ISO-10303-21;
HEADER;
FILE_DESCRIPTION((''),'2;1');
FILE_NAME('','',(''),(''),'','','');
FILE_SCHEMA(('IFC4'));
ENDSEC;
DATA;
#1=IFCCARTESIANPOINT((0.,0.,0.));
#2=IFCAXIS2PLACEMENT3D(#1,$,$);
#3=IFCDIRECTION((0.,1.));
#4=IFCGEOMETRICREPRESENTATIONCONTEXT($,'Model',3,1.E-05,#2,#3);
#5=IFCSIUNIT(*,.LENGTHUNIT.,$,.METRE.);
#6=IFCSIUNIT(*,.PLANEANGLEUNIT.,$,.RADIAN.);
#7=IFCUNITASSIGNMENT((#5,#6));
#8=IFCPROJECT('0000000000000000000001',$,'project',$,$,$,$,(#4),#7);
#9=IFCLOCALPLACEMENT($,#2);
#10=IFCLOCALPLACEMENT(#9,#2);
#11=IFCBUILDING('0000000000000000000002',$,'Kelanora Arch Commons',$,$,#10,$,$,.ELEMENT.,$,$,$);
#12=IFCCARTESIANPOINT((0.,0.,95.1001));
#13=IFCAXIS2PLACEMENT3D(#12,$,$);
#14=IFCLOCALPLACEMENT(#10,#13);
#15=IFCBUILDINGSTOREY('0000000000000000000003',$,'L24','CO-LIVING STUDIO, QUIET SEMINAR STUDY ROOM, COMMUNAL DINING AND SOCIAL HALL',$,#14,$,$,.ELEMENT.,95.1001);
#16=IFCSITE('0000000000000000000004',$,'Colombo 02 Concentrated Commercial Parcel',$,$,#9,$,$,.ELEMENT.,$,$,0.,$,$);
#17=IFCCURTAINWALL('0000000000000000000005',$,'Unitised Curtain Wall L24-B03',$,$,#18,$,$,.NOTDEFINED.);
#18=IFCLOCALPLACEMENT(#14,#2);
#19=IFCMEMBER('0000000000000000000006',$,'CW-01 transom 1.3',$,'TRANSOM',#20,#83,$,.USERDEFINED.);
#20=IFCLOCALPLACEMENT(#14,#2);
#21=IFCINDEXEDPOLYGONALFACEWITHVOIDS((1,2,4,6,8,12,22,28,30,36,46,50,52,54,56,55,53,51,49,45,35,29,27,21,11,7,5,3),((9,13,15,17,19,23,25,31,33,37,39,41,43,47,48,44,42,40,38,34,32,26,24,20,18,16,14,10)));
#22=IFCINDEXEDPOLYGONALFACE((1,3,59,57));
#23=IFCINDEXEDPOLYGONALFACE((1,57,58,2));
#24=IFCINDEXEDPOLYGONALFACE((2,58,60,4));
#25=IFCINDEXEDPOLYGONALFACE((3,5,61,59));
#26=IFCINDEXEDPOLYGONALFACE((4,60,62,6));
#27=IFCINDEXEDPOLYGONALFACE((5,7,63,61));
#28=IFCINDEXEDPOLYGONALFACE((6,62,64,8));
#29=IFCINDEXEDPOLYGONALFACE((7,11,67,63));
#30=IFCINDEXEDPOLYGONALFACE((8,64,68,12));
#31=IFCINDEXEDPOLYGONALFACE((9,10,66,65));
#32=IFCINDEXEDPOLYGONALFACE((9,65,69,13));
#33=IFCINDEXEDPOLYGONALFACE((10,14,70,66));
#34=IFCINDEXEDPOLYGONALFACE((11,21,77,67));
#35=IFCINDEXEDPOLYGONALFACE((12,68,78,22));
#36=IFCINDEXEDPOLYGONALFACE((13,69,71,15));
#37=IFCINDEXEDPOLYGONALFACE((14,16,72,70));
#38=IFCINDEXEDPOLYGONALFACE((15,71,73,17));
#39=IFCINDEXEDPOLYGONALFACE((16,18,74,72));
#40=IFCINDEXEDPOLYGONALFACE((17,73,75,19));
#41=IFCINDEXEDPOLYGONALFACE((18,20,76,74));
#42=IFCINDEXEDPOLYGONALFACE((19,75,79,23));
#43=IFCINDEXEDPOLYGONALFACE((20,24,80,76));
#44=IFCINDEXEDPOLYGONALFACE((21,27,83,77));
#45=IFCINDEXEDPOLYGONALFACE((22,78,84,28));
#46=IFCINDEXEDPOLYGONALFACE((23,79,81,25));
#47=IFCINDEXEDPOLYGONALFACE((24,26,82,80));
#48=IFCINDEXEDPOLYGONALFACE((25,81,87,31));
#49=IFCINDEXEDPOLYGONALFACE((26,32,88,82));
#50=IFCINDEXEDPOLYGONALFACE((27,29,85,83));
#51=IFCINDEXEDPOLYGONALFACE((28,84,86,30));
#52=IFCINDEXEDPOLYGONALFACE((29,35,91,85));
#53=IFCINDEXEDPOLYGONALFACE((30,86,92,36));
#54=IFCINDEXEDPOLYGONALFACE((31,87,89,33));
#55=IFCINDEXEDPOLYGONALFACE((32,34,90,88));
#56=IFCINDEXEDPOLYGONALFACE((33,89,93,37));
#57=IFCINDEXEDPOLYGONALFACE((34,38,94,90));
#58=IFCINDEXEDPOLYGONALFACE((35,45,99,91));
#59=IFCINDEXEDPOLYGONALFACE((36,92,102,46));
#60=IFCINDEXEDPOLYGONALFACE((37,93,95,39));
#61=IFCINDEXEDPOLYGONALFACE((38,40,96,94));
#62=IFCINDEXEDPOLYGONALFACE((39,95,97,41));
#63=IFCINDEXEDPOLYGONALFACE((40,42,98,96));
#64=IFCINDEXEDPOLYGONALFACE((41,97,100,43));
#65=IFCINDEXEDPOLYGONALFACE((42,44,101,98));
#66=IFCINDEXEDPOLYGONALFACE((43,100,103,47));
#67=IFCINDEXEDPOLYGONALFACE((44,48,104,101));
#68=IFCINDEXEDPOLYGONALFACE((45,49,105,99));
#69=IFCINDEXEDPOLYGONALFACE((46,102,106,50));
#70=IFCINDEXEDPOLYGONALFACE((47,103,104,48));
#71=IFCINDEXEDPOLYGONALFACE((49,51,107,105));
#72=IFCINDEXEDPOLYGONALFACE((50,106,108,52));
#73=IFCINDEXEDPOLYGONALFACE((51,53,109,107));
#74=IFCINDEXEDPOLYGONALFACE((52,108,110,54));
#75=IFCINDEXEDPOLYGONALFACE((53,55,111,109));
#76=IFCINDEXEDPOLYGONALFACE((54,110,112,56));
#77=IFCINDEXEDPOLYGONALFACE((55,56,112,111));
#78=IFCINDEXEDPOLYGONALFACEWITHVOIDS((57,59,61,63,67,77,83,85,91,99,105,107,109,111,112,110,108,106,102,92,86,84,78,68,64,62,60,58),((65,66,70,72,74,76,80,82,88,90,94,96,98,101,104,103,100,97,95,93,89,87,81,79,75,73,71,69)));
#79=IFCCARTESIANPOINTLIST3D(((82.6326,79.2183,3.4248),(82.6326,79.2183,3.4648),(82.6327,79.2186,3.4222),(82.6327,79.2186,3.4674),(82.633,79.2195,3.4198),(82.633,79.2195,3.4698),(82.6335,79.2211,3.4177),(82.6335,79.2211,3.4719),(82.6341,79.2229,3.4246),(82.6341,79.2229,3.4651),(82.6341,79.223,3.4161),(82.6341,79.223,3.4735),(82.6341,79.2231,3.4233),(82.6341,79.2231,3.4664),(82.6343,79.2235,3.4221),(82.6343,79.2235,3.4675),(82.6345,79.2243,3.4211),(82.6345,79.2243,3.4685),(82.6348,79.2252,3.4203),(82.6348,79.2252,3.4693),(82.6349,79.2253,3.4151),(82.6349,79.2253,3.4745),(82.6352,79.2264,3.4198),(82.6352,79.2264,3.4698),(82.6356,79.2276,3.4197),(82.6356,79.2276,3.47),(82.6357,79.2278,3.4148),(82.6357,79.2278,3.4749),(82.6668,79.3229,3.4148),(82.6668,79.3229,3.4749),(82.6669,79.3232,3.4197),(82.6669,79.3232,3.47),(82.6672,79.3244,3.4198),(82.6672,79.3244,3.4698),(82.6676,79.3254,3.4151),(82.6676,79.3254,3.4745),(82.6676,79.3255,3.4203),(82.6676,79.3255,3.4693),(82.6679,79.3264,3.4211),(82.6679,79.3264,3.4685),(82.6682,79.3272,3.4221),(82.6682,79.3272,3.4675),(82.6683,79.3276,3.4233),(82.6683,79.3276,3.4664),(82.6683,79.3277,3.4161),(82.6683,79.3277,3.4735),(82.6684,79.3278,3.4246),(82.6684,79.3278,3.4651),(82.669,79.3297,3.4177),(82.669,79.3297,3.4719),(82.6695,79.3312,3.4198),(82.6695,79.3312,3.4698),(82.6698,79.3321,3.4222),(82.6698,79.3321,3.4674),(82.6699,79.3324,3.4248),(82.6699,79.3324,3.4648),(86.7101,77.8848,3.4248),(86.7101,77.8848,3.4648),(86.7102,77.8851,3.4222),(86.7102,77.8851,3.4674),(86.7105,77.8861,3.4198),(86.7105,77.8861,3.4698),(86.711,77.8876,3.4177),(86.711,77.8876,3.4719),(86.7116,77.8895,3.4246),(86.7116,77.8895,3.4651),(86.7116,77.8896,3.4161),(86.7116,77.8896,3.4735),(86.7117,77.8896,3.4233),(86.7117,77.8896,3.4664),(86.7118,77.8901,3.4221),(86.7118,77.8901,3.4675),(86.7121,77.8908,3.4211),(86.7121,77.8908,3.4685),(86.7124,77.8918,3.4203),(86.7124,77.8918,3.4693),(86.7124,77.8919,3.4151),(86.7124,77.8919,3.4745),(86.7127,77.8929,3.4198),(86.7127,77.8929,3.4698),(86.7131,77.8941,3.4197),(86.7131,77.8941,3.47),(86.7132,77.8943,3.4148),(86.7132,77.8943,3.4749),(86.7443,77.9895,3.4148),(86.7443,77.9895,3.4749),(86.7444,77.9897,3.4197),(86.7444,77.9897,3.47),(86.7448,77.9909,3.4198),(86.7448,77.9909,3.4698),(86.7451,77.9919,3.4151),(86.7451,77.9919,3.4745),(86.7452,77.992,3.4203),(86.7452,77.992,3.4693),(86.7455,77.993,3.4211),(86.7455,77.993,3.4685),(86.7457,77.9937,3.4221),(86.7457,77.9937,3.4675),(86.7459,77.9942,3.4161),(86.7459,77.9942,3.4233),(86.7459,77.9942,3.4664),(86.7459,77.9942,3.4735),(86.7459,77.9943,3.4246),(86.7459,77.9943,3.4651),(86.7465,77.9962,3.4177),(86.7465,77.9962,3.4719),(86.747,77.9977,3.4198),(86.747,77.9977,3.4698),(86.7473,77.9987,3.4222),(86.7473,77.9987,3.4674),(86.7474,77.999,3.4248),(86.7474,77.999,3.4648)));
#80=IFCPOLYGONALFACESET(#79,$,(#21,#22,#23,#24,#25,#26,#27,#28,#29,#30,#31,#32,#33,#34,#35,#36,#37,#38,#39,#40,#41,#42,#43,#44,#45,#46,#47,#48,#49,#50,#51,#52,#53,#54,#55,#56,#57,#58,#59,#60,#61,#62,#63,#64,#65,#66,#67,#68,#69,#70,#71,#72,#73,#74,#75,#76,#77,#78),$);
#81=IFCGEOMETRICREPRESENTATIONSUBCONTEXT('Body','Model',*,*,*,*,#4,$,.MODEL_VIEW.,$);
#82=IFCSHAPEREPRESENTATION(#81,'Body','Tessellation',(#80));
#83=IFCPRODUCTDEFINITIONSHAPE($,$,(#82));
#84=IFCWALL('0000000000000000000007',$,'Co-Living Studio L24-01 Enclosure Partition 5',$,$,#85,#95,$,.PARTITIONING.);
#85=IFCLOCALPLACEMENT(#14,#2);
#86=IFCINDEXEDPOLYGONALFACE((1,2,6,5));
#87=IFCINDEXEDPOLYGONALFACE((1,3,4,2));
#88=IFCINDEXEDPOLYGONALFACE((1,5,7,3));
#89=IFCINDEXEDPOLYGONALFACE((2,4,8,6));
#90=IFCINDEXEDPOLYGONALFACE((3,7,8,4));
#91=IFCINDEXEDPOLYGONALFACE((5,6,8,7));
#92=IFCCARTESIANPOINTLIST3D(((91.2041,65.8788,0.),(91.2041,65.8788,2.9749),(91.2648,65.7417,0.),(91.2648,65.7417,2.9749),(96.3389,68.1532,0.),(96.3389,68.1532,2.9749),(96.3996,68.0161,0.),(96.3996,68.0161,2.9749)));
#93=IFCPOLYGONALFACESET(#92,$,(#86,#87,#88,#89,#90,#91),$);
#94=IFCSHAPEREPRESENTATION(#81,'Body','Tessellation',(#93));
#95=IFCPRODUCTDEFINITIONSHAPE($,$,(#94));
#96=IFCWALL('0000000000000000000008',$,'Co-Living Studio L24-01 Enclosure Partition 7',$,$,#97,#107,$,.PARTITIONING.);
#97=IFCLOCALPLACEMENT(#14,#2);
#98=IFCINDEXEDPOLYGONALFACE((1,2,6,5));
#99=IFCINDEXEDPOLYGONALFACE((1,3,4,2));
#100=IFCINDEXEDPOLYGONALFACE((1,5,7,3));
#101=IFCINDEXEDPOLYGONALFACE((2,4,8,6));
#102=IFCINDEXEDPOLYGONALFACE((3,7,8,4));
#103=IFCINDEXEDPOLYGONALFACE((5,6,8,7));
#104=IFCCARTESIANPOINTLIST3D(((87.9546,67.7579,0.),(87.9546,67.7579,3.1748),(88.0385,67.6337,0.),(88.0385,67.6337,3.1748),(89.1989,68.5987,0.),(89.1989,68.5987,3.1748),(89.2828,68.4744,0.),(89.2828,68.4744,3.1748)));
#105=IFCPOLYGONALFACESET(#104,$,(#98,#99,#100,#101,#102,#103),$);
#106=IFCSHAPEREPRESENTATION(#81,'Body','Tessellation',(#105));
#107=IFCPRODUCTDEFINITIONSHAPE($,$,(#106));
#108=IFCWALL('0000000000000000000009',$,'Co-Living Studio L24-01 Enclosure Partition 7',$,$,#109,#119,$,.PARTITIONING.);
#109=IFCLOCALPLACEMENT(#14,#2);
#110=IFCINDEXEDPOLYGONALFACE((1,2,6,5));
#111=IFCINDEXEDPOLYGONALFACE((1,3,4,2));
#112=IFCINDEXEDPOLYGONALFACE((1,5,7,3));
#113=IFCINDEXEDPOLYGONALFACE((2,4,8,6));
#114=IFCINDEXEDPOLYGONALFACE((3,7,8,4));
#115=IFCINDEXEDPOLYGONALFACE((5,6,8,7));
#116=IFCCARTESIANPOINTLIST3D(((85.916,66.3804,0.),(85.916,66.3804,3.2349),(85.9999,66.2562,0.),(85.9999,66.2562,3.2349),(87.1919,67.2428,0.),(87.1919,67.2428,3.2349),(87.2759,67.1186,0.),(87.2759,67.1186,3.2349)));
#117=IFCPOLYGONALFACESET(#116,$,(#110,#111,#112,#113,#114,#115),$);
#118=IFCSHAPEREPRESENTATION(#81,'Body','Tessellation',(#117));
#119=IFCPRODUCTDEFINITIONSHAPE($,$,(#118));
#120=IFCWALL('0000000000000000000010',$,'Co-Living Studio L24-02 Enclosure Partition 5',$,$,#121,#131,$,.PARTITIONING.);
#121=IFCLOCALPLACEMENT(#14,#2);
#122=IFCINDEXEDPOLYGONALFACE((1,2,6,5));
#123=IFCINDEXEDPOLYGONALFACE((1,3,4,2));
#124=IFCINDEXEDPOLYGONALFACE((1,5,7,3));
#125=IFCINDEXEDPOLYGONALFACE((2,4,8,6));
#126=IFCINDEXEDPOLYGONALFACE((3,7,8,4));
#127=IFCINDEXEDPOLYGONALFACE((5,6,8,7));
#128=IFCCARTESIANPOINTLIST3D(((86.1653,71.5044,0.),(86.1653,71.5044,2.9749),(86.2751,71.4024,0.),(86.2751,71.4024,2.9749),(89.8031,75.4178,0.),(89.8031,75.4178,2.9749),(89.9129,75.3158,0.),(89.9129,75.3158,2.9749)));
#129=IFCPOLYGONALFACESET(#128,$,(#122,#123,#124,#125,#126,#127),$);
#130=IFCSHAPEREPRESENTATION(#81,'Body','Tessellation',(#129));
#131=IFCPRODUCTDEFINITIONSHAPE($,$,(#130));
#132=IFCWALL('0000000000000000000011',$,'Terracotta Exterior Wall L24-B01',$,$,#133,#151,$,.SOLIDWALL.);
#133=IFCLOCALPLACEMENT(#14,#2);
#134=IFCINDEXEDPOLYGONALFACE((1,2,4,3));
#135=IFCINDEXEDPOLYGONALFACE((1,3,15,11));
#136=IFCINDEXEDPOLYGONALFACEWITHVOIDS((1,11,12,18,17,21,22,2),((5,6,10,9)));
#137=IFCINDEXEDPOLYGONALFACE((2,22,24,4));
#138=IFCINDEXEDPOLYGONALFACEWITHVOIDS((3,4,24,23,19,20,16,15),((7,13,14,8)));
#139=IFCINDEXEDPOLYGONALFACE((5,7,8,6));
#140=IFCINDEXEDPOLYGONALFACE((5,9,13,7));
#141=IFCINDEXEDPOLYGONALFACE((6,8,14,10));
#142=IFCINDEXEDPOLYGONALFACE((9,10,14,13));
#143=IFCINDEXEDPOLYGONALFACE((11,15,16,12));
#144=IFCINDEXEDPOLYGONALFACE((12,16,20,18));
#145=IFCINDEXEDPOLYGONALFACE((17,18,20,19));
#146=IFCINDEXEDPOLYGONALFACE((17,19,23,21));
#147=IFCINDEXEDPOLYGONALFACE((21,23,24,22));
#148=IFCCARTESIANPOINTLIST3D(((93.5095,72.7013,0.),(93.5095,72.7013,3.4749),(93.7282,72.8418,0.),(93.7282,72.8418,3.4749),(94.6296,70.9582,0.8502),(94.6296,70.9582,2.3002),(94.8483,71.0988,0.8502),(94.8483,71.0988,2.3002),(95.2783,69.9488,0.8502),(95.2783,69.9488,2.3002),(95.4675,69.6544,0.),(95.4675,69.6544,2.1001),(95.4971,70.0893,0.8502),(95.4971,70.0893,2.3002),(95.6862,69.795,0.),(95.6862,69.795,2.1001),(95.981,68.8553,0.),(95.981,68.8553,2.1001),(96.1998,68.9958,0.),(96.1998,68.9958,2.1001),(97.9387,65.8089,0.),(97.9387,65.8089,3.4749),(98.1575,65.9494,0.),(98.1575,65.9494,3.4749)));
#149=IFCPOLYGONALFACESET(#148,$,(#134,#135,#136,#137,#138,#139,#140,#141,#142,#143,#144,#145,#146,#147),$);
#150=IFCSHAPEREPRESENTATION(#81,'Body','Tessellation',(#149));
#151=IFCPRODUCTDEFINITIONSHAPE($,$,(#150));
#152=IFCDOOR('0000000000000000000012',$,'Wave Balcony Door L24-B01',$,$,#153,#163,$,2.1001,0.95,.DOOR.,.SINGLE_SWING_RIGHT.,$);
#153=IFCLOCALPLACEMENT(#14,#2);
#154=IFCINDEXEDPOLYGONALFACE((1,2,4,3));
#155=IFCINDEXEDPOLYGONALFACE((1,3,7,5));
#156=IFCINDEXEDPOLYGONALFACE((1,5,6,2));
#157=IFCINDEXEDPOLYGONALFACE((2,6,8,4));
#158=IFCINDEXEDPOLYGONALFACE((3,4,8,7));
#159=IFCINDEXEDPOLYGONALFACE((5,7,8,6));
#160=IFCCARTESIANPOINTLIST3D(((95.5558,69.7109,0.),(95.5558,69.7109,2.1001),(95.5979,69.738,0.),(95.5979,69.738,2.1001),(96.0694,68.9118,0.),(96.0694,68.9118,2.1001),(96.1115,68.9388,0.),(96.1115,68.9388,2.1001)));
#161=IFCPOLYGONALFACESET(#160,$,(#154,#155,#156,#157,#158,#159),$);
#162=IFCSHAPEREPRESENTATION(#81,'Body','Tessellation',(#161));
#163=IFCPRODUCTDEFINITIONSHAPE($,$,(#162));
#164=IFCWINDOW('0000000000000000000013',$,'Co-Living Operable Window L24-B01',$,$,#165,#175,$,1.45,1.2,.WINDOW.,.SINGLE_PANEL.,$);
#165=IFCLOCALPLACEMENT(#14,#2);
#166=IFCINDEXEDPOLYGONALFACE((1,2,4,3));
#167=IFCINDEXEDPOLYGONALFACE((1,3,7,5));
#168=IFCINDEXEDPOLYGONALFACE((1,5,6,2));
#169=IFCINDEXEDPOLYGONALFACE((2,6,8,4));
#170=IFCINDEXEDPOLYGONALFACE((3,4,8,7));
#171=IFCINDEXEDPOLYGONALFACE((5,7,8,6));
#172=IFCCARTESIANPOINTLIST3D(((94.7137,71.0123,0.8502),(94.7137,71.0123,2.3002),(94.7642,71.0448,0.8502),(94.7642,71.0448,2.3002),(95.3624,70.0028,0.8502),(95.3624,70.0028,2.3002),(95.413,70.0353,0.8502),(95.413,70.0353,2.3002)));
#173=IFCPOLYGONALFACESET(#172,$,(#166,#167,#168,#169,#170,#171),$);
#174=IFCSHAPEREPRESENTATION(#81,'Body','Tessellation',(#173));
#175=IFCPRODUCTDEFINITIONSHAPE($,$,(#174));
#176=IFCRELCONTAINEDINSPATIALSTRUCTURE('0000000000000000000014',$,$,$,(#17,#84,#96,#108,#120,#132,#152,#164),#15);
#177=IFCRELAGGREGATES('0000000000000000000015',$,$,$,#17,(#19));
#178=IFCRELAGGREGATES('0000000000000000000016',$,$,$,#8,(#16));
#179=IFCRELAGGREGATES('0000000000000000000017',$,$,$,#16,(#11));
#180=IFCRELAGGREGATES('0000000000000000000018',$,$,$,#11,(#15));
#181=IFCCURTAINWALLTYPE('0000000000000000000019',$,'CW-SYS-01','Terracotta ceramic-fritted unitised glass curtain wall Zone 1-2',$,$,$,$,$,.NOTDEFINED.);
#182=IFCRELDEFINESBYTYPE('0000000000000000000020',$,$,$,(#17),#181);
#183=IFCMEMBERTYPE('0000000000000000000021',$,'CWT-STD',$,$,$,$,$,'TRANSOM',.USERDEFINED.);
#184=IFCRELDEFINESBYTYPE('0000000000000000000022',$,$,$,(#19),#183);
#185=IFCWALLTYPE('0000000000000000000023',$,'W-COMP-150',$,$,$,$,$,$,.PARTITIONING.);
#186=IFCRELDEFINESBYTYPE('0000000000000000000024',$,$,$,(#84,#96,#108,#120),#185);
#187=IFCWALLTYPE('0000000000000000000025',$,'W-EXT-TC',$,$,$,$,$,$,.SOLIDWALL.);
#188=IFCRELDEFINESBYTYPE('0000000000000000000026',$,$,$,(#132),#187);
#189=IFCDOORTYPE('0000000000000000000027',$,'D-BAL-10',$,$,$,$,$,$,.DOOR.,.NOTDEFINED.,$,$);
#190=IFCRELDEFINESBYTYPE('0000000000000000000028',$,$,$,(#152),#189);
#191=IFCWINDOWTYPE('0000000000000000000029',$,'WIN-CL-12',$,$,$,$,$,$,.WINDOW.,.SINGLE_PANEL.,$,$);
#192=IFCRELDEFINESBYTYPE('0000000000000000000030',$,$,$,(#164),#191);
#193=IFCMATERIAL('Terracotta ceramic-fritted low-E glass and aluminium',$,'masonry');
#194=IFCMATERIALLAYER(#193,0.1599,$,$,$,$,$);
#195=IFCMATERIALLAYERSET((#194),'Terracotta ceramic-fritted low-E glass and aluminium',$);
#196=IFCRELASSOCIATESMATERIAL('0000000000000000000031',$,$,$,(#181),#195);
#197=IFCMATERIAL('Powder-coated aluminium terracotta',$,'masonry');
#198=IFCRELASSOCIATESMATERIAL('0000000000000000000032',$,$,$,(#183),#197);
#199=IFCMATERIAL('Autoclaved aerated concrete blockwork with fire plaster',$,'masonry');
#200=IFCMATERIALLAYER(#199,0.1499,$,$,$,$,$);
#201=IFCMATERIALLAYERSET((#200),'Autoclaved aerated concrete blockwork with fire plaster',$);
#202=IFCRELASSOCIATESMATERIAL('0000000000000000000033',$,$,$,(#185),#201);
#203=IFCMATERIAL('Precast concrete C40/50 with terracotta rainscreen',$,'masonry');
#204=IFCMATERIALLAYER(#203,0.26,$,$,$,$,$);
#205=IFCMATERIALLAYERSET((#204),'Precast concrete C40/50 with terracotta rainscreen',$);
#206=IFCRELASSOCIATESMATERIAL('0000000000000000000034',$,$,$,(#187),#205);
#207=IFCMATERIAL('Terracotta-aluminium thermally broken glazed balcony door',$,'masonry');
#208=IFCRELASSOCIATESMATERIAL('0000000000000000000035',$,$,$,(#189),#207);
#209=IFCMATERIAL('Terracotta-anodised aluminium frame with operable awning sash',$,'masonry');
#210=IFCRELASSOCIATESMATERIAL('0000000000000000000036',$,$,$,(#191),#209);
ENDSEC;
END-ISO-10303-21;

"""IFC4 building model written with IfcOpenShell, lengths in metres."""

from ifc_helpers import new_model, si_unit, direction, frame, frame_2d, origin, origin_2d, place, context, subcontext, project, spatial, rectangle, hollow_rectangle, extrude, material, layer, layer_set, material_profile, profile_set, type_object, element, fill, aggregate, save


model = new_model("IFC4")

# Units and contexts
model_context = context("Model", 3, precision=1e-05, world=origin(), true_north=direction((0.0, 1.0)))
body_context = subcontext(model_context, "Body", "Model", "MODEL_VIEW")
ifc_project = project(units=[si_unit("LENGTHUNIT", "METRE"), si_unit("PLANEANGLEUNIT", "RADIAN")], contexts=[model_context])

# Site, building, storey
site_placement = place(None, origin())
site = spatial("IfcSite", under=ifc_project, at=site_placement, Name="Colombo 02 Concentrated Commercial Parcel", CompositionType="ELEMENT", RefElevation=0.0)
building_placement = place(site_placement, origin())
building = spatial("IfcBuilding", under=site, at=building_placement, Name="Kelanora Arch Commons", CompositionType="ELEMENT")
storey_placement = place(building_placement, frame((0.0, 0.0, 95.1001)))
storey = spatial("IfcBuildingStorey", under=building, at=storey_placement, Name="L24", Description="CO-LIVING STUDIO, QUIET SEMINAR STUDY ROOM, COMMUNAL DINING AND SOCIAL HALL", CompositionType="ELEMENT", Elevation=95.1001)

# Shared definitions
ifc_material_1 = material(Name="Terracotta ceramic-fritted low-E glass and aluminium", Category="masonry")
ifc_layer_1 = layer(ifc_material_1, 0.1599)
ifc_layer_set_1 = layer_set([ifc_layer_1], Name="Terracotta ceramic-fritted low-E glass and aluminium")
curtain_wall_type = type_object("IfcCurtainWallType", Name="CW-SYS-01", Description="Terracotta ceramic-fritted unitised glass curtain wall Zone 1-2", PredefinedType="NOTDEFINED", material=ifc_layer_set_1)
ifc_material_2 = material(Name="Powder-coated aluminium terracotta", Category="masonry")

# Curtain wall, member
curtain_wall_1_placement = place(storey_placement, origin())
curtain_wall_1 = element("IfcCurtainWall", 1, at=curtain_wall_1_placement, inside=storey, type_object=curtain_wall_type, Name="Unitised Curtain Wall L24-B03", PredefinedType="NOTDEFINED")
ifc_material_profile_1 = material_profile(ifc_material_2, hollow_rectangle(XDim=0.1201, YDim=0.0601, WallThickness=0.0049, InnerFilletRadius=0.0049, OuterFilletRadius=0.01, at=origin_2d()), Name="CWT120x60")
ifc_profile_set_1 = profile_set([ifc_material_profile_1], Name="Powder-coated aluminium terracotta")
member_type_1 = type_object("IfcMemberType", Name="CWT-STD", ElementType="TRANSOM", PredefinedType="USERDEFINED", material=ifc_profile_set_1)
member_1_placement = place(storey_placement, frame((86.7288, 77.9419, 3.4448), z_axis=(-0.950466, 0.310828, 0.0), x_axis=(-0.310828, -0.950466, 0.0)))
member_1 = element("IfcMember", 2, at=member_1_placement, type_object=member_type_1, Name="CW-01 transom 1.3", ObjectType="TRANSOM", PredefinedType="USERDEFINED", context=body_context, shape_type="SweptSolid", body=[
    extrude(hollow_rectangle(XDim=0.1201, YDim=0.0601, WallThickness=0.0049, InnerFilletRadius=0.0049, OuterFilletRadius=0.01, at=origin_2d()), origin(), (0.0, 0.0, 1.0), 4.29),
])
aggregate(curtain_wall_1, [member_1])

# Walls
ifc_material_3 = material(Name="Autoclaved aerated concrete blockwork with fire plaster", Category="masonry")
ifc_layer_2 = layer(ifc_material_3, 0.1499)
ifc_layer_set_2 = layer_set([ifc_layer_2], Name="Autoclaved aerated concrete blockwork with fire plaster")
wall_type_1 = type_object("IfcWallType", Name="W-COMP-150", PredefinedType="PARTITIONING", material=ifc_layer_set_2)
wall_1_placement = place(storey_placement, frame((96.3694, 68.0847, 0.0), z_axis=(0.0, 0.0, 1.0), x_axis=(-0.91432, -0.404993, 0.0)))
element("IfcWall", 3, at=wall_1_placement, inside=storey, type_object=wall_type_1, Name="Co-Living Studio L24-01 Enclosure Partition 5", PredefinedType="PARTITIONING", context=body_context, shape_type="SweptSolid", body=[
    extrude(rectangle(XDim=5.616, YDim=0.1499, at=frame_2d((2.8081, 0.0))), origin(), (0.0, 0.0, 1.0), 2.9749),
])
wall_2_placement = place(storey_placement, frame((89.241, 68.5366, 0.0), z_axis=(0.0, 0.0, 1.0), x_axis=(-0.828583, -0.559866, 0.0)))
element("IfcWall", 4, at=wall_2_placement, inside=storey, type_object=wall_type_1, Name="Co-Living Studio L24-01 Enclosure Partition 7", PredefinedType="PARTITIONING", context=body_context, shape_type="SweptSolid", body=[
    extrude(rectangle(XDim=1.5017, YDim=0.1499, at=frame_2d((0.751, 0.0))), origin(), (0.0, 0.0, 1.0), 3.1748),
])
wall_3_placement = place(storey_placement, frame((87.2339, 67.1807, 0.0), z_axis=(0.0, 0.0, 1.0), x_axis=(-0.828521, -0.559957, 0.0)))
element("IfcWall", 5, at=wall_3_placement, inside=storey, type_object=wall_type_1, Name="Co-Living Studio L24-01 Enclosure Partition 7", PredefinedType="PARTITIONING", context=body_context, shape_type="SweptSolid", body=[
    extrude(rectangle(XDim=1.54, YDim=0.1499, at=frame_2d((0.77, 0.0))), origin(), (0.0, 0.0, 1.0), 3.2349),
])
wall_4_placement = place(storey_placement, frame((89.8579, 75.3667, 0.0), z_axis=(0.0, 0.0, 1.0), x_axis=(-0.680842, -0.73243, 0.0)))
element("IfcWall", 6, at=wall_4_placement, inside=storey, type_object=wall_type_1, Name="Co-Living Studio L24-02 Enclosure Partition 5", PredefinedType="PARTITIONING", context=body_context, shape_type="SweptSolid", body=[
    extrude(rectangle(XDim=5.343, YDim=0.1499, at=frame_2d((2.6714, 0.0))), origin(), (0.0, 0.0, 1.0), 2.9749),
])

# Wall, openings, door, window
ifc_material_4 = material(Name="Precast concrete C40/50 with terracotta rainscreen", Category="masonry")
ifc_layer_3 = layer(ifc_material_4, 0.26)
ifc_layer_set_3 = layer_set([ifc_layer_3], Name="Precast concrete C40/50 with terracotta rainscreen")
wall_type_2 = type_object("IfcWallType", Name="W-EXT-TC", PredefinedType="SOLIDWALL", material=ifc_layer_set_3)
wall_5_placement = place(storey_placement, frame((98.0481, 65.8792, 0.0), z_axis=(0.0, 0.0, 1.0), x_axis=(-0.540621, 0.841267, 0.0)))
wall_5 = element("IfcWall", 7, at=wall_5_placement, inside=storey, type_object=wall_type_2, Name="Terracotta Exterior Wall L24-B01", PredefinedType="SOLIDWALL", context=body_context, shape_type="SweptSolid", body=[
    extrude(rectangle(XDim=8.1929, YDim=0.26, at=frame_2d((4.0964, 0.0))), origin(), (0.0, 0.0, 1.0), 3.4749),
])
opening_1_placement = place(wall_5_placement, frame((3.6211, 0.0, 0.0)))
opening_1 = element("IfcOpeningElement", 8, at=opening_1_placement, cuts=wall_5, PredefinedType="OPENING", context=body_context, shape_type="SweptSolid", body=[
    extrude(rectangle(XDim=0.95, YDim=2.1001, at=frame_2d((0.4751, 1.05))), frame((0.0, 0.1401, 0.0), z_axis=(0.0, -1.0, 0.0), x_axis=(1.0, 0.0, 0.0)), (0.0, 0.0, 1.0), 0.28),
])
opening_2_placement = place(wall_5_placement, frame((4.9209, 0.0, 0.8501)))
opening_2 = element("IfcOpeningElement", 9, at=opening_2_placement, cuts=wall_5, PredefinedType="OPENING", context=body_context, shape_type="SweptSolid", body=[
    extrude(rectangle(XDim=1.2, YDim=1.45, at=frame_2d((0.6001, 0.7251))), frame((0.0, 0.1401, 0.0), z_axis=(0.0, -1.0, 0.0), x_axis=(1.0, 0.0, 0.0)), (0.0, 0.0, 1.0), 0.28),
])
ifc_material_5 = material(Name="Terracotta-aluminium thermally broken glazed balcony door", Category="masonry")
door_type_1 = type_object("IfcDoorType", Name="D-BAL-10", OperationType="NOTDEFINED", PredefinedType="DOOR", material=ifc_material_5)
door_1_placement = place(opening_1_placement, frame((0.95, 0.0, 0.0), z_axis=(0.0, 0.0, 1.0), x_axis=(-1.0, 0.0, 0.0)))
door_1 = element("IfcDoor", 10, at=door_1_placement, inside=storey, type_object=door_type_1, Name="Wave Balcony Door L24-B01", OperationType="SINGLE_SWING_RIGHT", OverallHeight=2.1001, OverallWidth=0.95, PredefinedType="DOOR", context=body_context, shape_type="SweptSolid", body=[
    extrude(rectangle(XDim=0.95, YDim=2.1001, at=frame_2d((0.4751, 1.05))), frame((0.0, 0.0249, 0.0), z_axis=(0.0, -1.0, 0.0), x_axis=(1.0, 0.0, 0.0)), (0.0, 0.0, 1.0), 0.05),
])
fill(opening_1, door_1)
ifc_material_6 = material(Name="Terracotta-anodised aluminium frame with operable awning sash", Category="masonry")
window_type = type_object("IfcWindowType", Name="WIN-CL-12", PartitioningType="SINGLE_PANEL", PredefinedType="WINDOW", material=ifc_material_6)
window_1_placement = place(opening_2_placement, origin())
window_1 = element("IfcWindow", 11, at=window_1_placement, inside=storey, type_object=window_type, Name="Co-Living Operable Window L24-B01", OverallHeight=1.45, OverallWidth=1.2, PartitioningType="SINGLE_PANEL", PredefinedType="WINDOW", context=body_context, shape_type="SweptSolid", body=[
    extrude(rectangle(XDim=1.2, YDim=1.45, at=frame_2d((0.6001, 0.7251))), frame((0.0, 0.03, 0.0), z_axis=(0.0, -1.0, 0.0), x_axis=(1.0, 0.0, 0.0)), (0.0, 0.0, 1.0), 0.0601),
])
fill(opening_2, window_1)

save(model, "model.ifc")
